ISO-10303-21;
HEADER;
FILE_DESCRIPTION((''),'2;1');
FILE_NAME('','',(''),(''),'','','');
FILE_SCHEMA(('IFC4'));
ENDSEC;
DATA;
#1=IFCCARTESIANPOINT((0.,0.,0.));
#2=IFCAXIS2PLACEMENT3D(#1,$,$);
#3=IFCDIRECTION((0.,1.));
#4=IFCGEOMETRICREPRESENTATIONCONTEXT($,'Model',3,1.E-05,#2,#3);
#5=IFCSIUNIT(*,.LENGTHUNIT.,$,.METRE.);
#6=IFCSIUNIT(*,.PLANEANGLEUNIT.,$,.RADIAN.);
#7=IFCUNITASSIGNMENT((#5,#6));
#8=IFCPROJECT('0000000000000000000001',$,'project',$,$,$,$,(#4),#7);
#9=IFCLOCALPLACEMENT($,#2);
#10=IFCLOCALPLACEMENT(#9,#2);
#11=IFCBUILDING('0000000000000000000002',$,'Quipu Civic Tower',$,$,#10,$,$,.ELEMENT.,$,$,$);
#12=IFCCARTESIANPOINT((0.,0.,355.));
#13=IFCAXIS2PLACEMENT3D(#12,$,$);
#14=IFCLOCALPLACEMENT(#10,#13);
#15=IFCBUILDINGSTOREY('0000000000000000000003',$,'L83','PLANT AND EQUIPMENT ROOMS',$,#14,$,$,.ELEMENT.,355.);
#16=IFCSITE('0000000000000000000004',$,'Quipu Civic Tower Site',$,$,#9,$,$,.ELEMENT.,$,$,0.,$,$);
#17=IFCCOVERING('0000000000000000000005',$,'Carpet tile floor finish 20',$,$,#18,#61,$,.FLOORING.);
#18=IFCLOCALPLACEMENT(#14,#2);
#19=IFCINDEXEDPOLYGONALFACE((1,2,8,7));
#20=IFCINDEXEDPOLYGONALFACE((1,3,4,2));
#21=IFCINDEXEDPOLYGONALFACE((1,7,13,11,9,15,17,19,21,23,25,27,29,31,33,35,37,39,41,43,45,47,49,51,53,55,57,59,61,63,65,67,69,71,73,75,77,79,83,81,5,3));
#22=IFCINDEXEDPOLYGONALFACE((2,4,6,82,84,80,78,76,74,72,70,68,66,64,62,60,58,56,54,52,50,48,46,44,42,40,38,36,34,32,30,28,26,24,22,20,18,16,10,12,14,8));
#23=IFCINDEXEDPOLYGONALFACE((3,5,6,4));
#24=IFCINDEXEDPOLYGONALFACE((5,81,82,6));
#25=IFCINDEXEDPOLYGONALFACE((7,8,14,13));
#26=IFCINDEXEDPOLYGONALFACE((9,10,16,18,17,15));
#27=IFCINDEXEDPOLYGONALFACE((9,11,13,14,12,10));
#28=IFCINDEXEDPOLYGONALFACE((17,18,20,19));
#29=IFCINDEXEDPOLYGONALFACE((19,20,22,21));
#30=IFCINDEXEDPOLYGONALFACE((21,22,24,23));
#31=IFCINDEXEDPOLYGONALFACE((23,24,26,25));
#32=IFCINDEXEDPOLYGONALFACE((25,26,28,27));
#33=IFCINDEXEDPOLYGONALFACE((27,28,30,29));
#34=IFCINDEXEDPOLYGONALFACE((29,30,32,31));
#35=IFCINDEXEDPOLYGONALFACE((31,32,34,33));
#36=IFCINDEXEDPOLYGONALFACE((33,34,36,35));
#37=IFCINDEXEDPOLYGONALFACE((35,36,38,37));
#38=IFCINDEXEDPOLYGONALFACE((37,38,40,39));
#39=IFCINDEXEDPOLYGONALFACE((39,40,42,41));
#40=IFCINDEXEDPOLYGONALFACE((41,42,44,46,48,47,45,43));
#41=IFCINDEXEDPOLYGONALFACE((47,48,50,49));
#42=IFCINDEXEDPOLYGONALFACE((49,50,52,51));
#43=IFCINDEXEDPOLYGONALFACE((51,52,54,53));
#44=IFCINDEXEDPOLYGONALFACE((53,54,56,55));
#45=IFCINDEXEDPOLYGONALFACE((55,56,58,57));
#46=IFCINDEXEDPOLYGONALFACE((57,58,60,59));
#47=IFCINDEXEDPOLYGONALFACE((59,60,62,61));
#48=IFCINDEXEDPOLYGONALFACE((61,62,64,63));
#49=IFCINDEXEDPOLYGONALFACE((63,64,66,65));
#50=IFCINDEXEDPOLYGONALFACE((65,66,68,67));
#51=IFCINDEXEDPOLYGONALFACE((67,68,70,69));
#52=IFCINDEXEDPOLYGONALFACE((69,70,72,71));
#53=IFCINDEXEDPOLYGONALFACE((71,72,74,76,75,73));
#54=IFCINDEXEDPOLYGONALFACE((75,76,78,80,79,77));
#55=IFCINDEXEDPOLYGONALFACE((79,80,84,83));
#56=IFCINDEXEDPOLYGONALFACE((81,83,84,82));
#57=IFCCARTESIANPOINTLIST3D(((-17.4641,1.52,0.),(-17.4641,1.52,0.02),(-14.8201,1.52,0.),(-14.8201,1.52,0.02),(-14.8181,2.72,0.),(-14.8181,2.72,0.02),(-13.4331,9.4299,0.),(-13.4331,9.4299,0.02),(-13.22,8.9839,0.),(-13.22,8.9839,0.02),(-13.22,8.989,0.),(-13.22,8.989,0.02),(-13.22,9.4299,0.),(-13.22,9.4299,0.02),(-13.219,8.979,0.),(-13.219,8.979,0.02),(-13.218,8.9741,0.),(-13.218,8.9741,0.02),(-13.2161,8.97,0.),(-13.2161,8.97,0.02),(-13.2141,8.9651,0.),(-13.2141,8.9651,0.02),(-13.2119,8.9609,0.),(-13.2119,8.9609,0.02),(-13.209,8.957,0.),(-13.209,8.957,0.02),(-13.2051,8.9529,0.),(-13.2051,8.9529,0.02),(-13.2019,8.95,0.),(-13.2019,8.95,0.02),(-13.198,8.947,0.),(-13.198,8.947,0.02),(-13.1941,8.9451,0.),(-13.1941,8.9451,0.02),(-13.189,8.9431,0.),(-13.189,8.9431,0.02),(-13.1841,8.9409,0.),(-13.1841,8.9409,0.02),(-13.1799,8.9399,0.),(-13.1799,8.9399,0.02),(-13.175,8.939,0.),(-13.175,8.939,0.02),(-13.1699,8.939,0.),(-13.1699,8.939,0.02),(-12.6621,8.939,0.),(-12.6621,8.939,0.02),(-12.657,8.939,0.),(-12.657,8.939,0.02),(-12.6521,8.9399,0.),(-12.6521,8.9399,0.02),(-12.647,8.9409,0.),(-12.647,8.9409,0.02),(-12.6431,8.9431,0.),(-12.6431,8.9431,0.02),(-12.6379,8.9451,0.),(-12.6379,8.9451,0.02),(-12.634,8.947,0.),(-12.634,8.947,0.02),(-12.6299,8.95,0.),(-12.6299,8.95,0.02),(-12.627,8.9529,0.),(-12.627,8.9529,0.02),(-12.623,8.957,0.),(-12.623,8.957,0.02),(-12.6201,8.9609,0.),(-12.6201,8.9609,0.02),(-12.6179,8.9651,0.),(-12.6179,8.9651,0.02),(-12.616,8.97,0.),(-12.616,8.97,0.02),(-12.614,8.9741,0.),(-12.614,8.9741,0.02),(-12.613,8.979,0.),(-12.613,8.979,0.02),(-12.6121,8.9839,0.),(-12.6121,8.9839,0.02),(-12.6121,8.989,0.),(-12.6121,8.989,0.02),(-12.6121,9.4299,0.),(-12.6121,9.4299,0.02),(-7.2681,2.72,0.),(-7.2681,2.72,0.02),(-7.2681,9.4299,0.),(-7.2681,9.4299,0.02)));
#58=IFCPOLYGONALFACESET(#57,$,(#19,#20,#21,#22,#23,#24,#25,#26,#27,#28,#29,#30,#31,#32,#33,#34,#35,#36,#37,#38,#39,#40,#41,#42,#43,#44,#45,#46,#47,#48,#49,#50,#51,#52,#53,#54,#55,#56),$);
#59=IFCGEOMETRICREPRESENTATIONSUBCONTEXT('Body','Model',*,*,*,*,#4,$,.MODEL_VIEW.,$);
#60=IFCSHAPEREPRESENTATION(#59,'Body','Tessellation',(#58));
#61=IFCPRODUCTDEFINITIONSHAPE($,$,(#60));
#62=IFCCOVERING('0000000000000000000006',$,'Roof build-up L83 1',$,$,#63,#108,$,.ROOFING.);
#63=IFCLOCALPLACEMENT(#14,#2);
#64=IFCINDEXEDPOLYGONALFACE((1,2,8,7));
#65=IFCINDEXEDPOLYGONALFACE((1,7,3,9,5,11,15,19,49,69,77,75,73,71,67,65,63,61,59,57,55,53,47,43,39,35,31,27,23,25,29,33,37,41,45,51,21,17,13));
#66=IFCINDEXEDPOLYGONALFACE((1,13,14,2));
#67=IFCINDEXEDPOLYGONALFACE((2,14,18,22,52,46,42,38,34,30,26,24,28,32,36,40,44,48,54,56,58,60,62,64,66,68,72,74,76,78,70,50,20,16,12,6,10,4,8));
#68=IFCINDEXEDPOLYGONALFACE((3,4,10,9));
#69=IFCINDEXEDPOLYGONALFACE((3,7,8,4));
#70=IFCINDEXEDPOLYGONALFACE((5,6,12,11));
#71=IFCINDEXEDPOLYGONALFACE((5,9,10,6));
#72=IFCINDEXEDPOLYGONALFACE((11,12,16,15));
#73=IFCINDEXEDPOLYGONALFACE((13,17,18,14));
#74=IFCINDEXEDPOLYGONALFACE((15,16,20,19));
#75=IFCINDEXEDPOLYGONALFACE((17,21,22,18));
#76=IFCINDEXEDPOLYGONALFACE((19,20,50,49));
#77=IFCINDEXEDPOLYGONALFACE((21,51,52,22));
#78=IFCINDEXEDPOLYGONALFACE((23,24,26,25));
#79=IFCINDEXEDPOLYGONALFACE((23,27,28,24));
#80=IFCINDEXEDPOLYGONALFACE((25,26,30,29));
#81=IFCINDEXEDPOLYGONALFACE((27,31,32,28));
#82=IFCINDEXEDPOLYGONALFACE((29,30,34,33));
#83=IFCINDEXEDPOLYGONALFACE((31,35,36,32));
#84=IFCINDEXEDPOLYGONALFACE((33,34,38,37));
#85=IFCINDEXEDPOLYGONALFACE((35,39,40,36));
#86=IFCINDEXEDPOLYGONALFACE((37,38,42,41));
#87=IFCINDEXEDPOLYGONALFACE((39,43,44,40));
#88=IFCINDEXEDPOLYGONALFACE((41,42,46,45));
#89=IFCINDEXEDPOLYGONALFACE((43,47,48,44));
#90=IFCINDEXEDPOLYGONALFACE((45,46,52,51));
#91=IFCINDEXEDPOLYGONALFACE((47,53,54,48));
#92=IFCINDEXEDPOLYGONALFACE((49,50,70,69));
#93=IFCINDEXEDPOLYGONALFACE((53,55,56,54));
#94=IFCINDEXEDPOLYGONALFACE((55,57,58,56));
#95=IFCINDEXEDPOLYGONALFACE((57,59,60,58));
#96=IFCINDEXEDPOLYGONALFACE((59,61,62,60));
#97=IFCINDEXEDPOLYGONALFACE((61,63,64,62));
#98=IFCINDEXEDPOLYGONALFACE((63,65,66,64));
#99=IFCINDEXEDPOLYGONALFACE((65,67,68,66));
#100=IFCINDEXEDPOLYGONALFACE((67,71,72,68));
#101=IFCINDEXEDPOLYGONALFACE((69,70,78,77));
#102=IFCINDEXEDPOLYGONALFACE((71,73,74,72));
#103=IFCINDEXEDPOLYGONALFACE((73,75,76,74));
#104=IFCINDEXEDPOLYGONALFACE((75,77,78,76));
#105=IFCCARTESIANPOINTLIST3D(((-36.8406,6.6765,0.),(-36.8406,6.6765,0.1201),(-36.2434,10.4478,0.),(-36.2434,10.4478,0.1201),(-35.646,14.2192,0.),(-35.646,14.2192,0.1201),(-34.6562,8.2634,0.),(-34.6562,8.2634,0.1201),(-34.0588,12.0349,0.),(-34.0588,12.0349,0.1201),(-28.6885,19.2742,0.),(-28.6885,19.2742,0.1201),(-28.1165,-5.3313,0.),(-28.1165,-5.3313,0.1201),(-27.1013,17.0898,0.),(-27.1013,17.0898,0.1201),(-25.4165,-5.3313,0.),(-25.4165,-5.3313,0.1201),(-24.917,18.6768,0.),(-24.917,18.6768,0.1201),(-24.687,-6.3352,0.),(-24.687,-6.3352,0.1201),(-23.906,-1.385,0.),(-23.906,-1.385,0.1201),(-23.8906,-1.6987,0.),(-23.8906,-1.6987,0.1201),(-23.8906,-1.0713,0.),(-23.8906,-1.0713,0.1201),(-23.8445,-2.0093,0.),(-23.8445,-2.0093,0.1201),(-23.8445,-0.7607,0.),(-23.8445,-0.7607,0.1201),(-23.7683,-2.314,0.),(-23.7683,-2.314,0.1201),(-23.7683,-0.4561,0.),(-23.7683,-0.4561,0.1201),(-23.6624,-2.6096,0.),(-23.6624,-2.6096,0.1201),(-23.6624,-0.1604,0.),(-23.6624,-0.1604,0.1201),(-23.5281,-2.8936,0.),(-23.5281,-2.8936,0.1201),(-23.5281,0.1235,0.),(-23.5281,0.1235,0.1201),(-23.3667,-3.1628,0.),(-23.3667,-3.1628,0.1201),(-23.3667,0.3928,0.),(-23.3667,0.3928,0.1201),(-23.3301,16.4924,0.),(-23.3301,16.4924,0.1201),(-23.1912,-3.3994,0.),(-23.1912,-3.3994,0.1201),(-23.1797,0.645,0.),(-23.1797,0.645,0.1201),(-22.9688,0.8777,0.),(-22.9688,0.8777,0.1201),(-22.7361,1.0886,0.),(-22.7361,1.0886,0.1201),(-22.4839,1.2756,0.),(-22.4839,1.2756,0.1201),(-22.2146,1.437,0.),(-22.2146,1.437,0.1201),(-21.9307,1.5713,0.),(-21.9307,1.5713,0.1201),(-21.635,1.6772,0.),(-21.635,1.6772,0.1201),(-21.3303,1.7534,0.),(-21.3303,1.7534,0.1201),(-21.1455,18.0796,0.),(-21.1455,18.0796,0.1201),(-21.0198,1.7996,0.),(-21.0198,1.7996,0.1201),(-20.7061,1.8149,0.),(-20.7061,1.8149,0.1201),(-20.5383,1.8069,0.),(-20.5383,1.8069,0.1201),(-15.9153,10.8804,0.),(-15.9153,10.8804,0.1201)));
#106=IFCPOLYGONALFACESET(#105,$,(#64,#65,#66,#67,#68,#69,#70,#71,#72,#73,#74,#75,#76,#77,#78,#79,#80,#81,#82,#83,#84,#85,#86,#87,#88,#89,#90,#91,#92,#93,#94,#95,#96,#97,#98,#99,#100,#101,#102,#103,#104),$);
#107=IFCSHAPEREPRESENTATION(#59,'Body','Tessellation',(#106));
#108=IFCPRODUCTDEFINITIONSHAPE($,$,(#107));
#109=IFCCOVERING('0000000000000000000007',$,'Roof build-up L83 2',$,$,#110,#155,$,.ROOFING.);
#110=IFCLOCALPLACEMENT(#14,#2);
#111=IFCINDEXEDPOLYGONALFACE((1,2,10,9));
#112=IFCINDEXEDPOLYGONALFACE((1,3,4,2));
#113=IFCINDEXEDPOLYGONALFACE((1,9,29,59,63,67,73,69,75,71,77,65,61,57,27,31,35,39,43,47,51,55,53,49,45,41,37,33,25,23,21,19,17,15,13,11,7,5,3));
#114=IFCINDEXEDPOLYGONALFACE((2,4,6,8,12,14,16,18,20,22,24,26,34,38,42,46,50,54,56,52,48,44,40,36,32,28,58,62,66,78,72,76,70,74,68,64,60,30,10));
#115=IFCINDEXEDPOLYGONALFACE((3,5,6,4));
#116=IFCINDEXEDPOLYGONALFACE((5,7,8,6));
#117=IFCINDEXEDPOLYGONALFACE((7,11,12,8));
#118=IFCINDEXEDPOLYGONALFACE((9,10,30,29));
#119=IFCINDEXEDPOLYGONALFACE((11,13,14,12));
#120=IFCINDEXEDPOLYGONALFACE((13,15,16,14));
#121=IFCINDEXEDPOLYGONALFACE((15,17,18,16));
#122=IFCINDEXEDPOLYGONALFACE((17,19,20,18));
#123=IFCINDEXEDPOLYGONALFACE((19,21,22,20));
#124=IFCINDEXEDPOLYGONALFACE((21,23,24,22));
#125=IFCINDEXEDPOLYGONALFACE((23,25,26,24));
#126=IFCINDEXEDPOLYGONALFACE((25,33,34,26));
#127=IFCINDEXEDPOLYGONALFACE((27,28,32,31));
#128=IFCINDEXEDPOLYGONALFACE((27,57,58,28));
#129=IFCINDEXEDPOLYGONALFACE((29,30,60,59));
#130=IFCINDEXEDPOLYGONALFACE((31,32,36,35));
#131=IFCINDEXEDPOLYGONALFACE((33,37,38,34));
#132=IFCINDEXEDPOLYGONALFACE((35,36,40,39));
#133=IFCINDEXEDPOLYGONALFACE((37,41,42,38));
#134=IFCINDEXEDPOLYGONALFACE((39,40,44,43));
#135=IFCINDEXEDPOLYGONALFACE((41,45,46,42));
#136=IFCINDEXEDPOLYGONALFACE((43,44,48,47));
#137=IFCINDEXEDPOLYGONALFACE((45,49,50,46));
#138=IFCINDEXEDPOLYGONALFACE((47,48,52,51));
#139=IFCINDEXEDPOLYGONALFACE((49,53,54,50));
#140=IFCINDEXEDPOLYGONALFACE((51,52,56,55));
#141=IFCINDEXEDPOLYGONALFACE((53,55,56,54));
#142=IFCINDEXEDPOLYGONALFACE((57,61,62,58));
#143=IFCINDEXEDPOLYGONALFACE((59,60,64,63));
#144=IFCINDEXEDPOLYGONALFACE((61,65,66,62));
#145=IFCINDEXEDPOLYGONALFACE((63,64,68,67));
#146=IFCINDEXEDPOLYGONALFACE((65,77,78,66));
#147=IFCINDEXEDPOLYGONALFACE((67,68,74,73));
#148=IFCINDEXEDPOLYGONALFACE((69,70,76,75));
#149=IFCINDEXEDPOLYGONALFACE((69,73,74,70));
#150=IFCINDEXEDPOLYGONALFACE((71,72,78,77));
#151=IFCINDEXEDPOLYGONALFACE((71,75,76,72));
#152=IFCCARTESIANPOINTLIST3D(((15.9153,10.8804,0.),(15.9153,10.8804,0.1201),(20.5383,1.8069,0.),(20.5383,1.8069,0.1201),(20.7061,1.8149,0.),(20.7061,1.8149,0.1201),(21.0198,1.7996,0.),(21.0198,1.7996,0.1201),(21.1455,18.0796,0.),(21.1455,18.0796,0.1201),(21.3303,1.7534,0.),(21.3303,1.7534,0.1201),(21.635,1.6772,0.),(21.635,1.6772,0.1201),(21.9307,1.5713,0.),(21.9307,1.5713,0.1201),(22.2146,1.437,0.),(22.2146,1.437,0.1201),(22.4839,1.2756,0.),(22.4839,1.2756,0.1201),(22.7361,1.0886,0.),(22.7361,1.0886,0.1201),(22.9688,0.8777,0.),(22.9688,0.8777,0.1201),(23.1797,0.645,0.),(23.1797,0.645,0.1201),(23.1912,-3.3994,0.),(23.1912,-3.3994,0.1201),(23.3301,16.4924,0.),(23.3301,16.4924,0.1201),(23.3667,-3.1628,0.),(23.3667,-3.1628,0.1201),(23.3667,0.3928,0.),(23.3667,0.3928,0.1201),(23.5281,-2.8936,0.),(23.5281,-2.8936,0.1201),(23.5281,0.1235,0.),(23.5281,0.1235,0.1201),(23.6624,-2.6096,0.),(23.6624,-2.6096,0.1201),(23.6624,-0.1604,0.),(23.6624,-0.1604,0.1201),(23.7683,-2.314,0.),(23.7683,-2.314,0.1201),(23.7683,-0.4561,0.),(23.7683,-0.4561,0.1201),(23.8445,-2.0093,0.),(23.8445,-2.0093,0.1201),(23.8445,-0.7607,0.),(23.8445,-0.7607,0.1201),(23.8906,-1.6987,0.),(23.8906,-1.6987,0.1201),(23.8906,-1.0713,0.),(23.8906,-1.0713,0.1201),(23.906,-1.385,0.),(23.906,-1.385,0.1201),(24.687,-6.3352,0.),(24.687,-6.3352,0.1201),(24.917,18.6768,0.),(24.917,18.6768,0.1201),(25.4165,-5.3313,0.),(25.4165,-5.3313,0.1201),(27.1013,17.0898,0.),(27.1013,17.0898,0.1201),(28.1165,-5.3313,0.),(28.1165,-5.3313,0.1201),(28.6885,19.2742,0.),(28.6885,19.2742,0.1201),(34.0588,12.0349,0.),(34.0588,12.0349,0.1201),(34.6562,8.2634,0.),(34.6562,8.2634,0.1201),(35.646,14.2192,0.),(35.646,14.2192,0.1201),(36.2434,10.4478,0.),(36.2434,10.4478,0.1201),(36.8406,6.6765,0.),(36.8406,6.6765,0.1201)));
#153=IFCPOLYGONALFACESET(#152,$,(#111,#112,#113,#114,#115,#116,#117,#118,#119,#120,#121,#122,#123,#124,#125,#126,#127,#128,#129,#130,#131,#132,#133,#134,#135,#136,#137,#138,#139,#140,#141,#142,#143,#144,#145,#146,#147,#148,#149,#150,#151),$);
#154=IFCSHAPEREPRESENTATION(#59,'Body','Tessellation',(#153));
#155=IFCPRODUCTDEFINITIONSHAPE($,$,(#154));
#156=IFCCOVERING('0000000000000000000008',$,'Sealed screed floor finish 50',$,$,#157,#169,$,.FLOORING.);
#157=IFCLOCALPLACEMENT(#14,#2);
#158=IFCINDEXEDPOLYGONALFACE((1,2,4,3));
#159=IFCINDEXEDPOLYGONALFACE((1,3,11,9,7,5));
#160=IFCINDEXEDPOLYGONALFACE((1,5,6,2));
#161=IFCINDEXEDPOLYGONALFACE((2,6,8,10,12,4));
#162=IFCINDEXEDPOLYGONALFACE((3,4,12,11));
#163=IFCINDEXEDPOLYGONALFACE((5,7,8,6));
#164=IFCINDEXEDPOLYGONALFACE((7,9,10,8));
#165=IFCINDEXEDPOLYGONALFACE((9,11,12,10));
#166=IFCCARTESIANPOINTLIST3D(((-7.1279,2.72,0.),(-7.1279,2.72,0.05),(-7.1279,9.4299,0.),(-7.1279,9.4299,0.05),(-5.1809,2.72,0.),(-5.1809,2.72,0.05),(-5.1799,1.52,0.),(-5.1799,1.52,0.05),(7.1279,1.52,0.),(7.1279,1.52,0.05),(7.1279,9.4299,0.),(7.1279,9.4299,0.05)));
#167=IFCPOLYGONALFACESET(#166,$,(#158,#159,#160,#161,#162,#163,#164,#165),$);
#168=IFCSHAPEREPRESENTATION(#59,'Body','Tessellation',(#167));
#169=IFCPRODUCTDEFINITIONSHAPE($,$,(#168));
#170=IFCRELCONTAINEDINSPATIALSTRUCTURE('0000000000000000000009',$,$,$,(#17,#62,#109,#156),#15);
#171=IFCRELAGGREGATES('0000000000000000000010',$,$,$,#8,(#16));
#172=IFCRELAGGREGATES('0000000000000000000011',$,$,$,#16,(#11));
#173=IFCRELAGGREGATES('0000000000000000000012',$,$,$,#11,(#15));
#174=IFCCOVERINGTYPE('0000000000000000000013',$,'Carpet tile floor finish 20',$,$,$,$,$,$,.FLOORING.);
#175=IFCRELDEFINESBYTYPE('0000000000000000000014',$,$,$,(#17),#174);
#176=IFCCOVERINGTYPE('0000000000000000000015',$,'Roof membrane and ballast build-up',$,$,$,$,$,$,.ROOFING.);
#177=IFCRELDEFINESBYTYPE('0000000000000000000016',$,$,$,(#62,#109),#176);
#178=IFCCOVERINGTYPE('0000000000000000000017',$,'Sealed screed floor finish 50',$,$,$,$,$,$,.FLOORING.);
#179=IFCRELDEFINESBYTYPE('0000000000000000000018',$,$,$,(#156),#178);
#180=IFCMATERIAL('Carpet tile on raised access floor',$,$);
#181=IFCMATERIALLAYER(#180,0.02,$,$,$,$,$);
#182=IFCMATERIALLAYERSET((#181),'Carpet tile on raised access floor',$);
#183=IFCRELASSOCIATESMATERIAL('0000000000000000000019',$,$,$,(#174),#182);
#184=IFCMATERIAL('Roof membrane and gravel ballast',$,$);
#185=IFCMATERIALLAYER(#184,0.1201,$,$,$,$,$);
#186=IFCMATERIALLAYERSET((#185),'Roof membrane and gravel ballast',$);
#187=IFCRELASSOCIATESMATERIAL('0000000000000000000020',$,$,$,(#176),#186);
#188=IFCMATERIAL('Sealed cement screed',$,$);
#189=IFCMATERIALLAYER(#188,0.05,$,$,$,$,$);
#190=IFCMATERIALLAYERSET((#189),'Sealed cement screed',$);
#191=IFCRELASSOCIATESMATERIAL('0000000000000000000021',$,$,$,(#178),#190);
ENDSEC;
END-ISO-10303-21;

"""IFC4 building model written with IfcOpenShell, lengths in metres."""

from ifc_helpers import new_model, si_unit, direction, frame, origin, place, context, subcontext, project, spatial, polyline, outline, extrude, material, layer, layer_set, type_object, element, save


model = new_model("IFC4")

# Units and contexts
model_context = context("Model", 3, precision=1e-05, world=origin(), true_north=direction((0.0, 1.0)))
body_context = subcontext(model_context, "Body", "Model", "MODEL_VIEW")
ifc_project = project(units=[si_unit("LENGTHUNIT", "METRE"), si_unit("PLANEANGLEUNIT", "RADIAN")], contexts=[model_context])

# Site, building, storey
site_placement = place(None, origin())
site = spatial("IfcSite", under=ifc_project, at=site_placement, Name="Quipu Civic Tower Site", CompositionType="ELEMENT", RefElevation=0.0)
building_placement = place(site_placement, origin())
building = spatial("IfcBuilding", under=site, at=building_placement, Name="Quipu Civic Tower", CompositionType="ELEMENT")
storey_placement = place(building_placement, frame((0.0, 0.0, 355.0)))
storey = spatial("IfcBuildingStorey", under=building, at=storey_placement, Name="L83", Description="PLANT AND EQUIPMENT ROOMS", CompositionType="ELEMENT", Elevation=355.0)

# Coverings
ifc_material_1 = material(Name="Carpet tile on raised access floor")
ifc_layer_1 = layer(ifc_material_1, 0.02)
ifc_layer_set_1 = layer_set([ifc_layer_1], Name="Carpet tile on raised access floor")
covering_type_1 = type_object("IfcCoveringType", Name="Carpet tile floor finish 20", PredefinedType="FLOORING", material=ifc_layer_set_1)
covering_1_placement = place(storey_placement, origin())
element("IfcCovering", 1, at=covering_1_placement, inside=storey, type_object=covering_type_1, Name="Carpet tile floor finish 20", PredefinedType="FLOORING", context=body_context, shape_type="SweptSolid", body=[
    extrude(outline(polyline([(-17.4641, 1.52), (-13.4331, 9.4299), (-13.22, 9.4299), (-13.22, 8.989), (-13.22, 8.9839), (-13.219, 8.979), (-13.218, 8.9741), (-13.2161, 8.97), (-13.2141, 8.9651), (-13.2119, 8.9609), (-13.209, 8.957), (-13.2051, 8.9529), (-13.2019, 8.95), (-13.198, 8.947), (-13.1941, 8.9451), (-13.189, 8.9431), (-13.1841, 8.9409), (-13.1799, 8.9399), (-13.175, 8.939), (-13.1699, 8.939), (-12.6621, 8.939), (-12.657, 8.939), (-12.6521, 8.9399), (-12.647, 8.9409), (-12.6431, 8.9431), (-12.6379, 8.9451), (-12.634, 8.947), (-12.6299, 8.95), (-12.627, 8.9529), (-12.623, 8.957), (-12.6201, 8.9609), (-12.6179, 8.9651), (-12.616, 8.97), (-12.614, 8.9741), (-12.613, 8.979), (-12.6121, 8.9839), (-12.6121, 8.989), (-12.6121, 9.4299), (-7.2681, 9.4299), (-7.2681, 2.72), (-14.8181, 2.72), (-14.8201, 1.52), (-17.4641, 1.52)])), origin(), (0.0, 0.0, 1.0), 0.02),
])
ifc_material_2 = material(Name="Roof membrane and gravel ballast")
ifc_layer_2 = layer(ifc_material_2, 0.1201)
ifc_layer_set_2 = layer_set([ifc_layer_2], Name="Roof membrane and gravel ballast")
covering_type_2 = type_object("IfcCoveringType", Name="Roof membrane and ballast build-up", PredefinedType="ROOFING", material=ifc_layer_set_2)
covering_2_placement = place(storey_placement, origin())
element("IfcCovering", 2, at=covering_2_placement, inside=storey, type_object=covering_type_2, Name="Roof build-up L83 1", PredefinedType="ROOFING", context=body_context, shape_type="SweptSolid", body=[
    extrude(outline(polyline([(-28.1165, -5.3313), (-36.8406, 6.6765), (-34.6562, 8.2634), (-36.2434, 10.4478), (-34.0588, 12.0349), (-35.646, 14.2192), (-28.6885, 19.2742), (-27.1013, 17.0898), (-24.917, 18.6768), (-23.3301, 16.4924), (-21.1455, 18.0796), (-15.9153, 10.8804), (-20.5383, 1.8069), (-20.7061, 1.8149), (-21.0198, 1.7996), (-21.3303, 1.7534), (-21.635, 1.6772), (-21.9307, 1.5713), (-22.2146, 1.437), (-22.4839, 1.2756), (-22.7361, 1.0886), (-22.9688, 0.8777), (-23.1797, 0.645), (-23.3667, 0.3928), (-23.5281, 0.1235), (-23.6624, -0.1604), (-23.7683, -0.4561), (-23.8445, -0.7607), (-23.8906, -1.0713), (-23.906, -1.385), (-23.8906, -1.6987), (-23.8445, -2.0093), (-23.7683, -2.314), (-23.6624, -2.6096), (-23.5281, -2.8936), (-23.3667, -3.1628), (-23.1912, -3.3994), (-24.687, -6.3352), (-25.4165, -5.3313), (-28.1165, -5.3313)])), origin(), (0.0, 0.0, 1.0), 0.1201),
])
covering_3_placement = place(storey_placement, origin())
element("IfcCovering", 3, at=covering_3_placement, inside=storey, type_object=covering_type_2, Name="Roof build-up L83 2", PredefinedType="ROOFING", context=body_context, shape_type="SweptSolid", body=[
    extrude(outline(polyline([(23.3301, 16.4924), (24.917, 18.6768), (27.1013, 17.0898), (28.6885, 19.2742), (35.646, 14.2192), (34.0588, 12.0349), (36.2434, 10.4478), (34.6562, 8.2634), (36.8406, 6.6765), (28.1165, -5.3313), (25.4165, -5.3313), (24.687, -6.3352), (23.1912, -3.3994), (23.3667, -3.1628), (23.5281, -2.8936), (23.6624, -2.6096), (23.7683, -2.314), (23.8445, -2.0093), (23.8906, -1.6987), (23.906, -1.385), (23.8906, -1.0713), (23.8445, -0.7607), (23.7683, -0.4561), (23.6624, -0.1604), (23.5281, 0.1235), (23.3667, 0.3928), (23.1797, 0.645), (22.9688, 0.8777), (22.7361, 1.0886), (22.4839, 1.2756), (22.2146, 1.437), (21.9307, 1.5713), (21.635, 1.6772), (21.3303, 1.7534), (21.0198, 1.7996), (20.7061, 1.8149), (20.5383, 1.8069), (15.9153, 10.8804), (21.1455, 18.0796), (23.3301, 16.4924)])), origin(), (0.0, 0.0, 1.0), 0.1201),
])
ifc_material_3 = material(Name="Sealed cement screed")
ifc_layer_3 = layer(ifc_material_3, 0.05)
ifc_layer_set_3 = layer_set([ifc_layer_3], Name="Sealed cement screed")
covering_type_3 = type_object("IfcCoveringType", Name="Sealed screed floor finish 50", PredefinedType="FLOORING", material=ifc_layer_set_3)
covering_4_placement = place(storey_placement, origin())
element("IfcCovering", 4, at=covering_4_placement, inside=storey, type_object=covering_type_3, Name="Sealed screed floor finish 50", PredefinedType="FLOORING", context=body_context, shape_type="SweptSolid", body=[
    extrude(outline(polyline([(-7.1279, 2.72), (-7.1279, 9.4299), (7.1279, 9.4299), (7.1279, 1.52), (-5.1799, 1.52), (-5.1809, 2.72), (-7.1279, 2.72)])), origin(), (0.0, 0.0, 1.0), 0.05),
])

save(model, "model.ifc")
